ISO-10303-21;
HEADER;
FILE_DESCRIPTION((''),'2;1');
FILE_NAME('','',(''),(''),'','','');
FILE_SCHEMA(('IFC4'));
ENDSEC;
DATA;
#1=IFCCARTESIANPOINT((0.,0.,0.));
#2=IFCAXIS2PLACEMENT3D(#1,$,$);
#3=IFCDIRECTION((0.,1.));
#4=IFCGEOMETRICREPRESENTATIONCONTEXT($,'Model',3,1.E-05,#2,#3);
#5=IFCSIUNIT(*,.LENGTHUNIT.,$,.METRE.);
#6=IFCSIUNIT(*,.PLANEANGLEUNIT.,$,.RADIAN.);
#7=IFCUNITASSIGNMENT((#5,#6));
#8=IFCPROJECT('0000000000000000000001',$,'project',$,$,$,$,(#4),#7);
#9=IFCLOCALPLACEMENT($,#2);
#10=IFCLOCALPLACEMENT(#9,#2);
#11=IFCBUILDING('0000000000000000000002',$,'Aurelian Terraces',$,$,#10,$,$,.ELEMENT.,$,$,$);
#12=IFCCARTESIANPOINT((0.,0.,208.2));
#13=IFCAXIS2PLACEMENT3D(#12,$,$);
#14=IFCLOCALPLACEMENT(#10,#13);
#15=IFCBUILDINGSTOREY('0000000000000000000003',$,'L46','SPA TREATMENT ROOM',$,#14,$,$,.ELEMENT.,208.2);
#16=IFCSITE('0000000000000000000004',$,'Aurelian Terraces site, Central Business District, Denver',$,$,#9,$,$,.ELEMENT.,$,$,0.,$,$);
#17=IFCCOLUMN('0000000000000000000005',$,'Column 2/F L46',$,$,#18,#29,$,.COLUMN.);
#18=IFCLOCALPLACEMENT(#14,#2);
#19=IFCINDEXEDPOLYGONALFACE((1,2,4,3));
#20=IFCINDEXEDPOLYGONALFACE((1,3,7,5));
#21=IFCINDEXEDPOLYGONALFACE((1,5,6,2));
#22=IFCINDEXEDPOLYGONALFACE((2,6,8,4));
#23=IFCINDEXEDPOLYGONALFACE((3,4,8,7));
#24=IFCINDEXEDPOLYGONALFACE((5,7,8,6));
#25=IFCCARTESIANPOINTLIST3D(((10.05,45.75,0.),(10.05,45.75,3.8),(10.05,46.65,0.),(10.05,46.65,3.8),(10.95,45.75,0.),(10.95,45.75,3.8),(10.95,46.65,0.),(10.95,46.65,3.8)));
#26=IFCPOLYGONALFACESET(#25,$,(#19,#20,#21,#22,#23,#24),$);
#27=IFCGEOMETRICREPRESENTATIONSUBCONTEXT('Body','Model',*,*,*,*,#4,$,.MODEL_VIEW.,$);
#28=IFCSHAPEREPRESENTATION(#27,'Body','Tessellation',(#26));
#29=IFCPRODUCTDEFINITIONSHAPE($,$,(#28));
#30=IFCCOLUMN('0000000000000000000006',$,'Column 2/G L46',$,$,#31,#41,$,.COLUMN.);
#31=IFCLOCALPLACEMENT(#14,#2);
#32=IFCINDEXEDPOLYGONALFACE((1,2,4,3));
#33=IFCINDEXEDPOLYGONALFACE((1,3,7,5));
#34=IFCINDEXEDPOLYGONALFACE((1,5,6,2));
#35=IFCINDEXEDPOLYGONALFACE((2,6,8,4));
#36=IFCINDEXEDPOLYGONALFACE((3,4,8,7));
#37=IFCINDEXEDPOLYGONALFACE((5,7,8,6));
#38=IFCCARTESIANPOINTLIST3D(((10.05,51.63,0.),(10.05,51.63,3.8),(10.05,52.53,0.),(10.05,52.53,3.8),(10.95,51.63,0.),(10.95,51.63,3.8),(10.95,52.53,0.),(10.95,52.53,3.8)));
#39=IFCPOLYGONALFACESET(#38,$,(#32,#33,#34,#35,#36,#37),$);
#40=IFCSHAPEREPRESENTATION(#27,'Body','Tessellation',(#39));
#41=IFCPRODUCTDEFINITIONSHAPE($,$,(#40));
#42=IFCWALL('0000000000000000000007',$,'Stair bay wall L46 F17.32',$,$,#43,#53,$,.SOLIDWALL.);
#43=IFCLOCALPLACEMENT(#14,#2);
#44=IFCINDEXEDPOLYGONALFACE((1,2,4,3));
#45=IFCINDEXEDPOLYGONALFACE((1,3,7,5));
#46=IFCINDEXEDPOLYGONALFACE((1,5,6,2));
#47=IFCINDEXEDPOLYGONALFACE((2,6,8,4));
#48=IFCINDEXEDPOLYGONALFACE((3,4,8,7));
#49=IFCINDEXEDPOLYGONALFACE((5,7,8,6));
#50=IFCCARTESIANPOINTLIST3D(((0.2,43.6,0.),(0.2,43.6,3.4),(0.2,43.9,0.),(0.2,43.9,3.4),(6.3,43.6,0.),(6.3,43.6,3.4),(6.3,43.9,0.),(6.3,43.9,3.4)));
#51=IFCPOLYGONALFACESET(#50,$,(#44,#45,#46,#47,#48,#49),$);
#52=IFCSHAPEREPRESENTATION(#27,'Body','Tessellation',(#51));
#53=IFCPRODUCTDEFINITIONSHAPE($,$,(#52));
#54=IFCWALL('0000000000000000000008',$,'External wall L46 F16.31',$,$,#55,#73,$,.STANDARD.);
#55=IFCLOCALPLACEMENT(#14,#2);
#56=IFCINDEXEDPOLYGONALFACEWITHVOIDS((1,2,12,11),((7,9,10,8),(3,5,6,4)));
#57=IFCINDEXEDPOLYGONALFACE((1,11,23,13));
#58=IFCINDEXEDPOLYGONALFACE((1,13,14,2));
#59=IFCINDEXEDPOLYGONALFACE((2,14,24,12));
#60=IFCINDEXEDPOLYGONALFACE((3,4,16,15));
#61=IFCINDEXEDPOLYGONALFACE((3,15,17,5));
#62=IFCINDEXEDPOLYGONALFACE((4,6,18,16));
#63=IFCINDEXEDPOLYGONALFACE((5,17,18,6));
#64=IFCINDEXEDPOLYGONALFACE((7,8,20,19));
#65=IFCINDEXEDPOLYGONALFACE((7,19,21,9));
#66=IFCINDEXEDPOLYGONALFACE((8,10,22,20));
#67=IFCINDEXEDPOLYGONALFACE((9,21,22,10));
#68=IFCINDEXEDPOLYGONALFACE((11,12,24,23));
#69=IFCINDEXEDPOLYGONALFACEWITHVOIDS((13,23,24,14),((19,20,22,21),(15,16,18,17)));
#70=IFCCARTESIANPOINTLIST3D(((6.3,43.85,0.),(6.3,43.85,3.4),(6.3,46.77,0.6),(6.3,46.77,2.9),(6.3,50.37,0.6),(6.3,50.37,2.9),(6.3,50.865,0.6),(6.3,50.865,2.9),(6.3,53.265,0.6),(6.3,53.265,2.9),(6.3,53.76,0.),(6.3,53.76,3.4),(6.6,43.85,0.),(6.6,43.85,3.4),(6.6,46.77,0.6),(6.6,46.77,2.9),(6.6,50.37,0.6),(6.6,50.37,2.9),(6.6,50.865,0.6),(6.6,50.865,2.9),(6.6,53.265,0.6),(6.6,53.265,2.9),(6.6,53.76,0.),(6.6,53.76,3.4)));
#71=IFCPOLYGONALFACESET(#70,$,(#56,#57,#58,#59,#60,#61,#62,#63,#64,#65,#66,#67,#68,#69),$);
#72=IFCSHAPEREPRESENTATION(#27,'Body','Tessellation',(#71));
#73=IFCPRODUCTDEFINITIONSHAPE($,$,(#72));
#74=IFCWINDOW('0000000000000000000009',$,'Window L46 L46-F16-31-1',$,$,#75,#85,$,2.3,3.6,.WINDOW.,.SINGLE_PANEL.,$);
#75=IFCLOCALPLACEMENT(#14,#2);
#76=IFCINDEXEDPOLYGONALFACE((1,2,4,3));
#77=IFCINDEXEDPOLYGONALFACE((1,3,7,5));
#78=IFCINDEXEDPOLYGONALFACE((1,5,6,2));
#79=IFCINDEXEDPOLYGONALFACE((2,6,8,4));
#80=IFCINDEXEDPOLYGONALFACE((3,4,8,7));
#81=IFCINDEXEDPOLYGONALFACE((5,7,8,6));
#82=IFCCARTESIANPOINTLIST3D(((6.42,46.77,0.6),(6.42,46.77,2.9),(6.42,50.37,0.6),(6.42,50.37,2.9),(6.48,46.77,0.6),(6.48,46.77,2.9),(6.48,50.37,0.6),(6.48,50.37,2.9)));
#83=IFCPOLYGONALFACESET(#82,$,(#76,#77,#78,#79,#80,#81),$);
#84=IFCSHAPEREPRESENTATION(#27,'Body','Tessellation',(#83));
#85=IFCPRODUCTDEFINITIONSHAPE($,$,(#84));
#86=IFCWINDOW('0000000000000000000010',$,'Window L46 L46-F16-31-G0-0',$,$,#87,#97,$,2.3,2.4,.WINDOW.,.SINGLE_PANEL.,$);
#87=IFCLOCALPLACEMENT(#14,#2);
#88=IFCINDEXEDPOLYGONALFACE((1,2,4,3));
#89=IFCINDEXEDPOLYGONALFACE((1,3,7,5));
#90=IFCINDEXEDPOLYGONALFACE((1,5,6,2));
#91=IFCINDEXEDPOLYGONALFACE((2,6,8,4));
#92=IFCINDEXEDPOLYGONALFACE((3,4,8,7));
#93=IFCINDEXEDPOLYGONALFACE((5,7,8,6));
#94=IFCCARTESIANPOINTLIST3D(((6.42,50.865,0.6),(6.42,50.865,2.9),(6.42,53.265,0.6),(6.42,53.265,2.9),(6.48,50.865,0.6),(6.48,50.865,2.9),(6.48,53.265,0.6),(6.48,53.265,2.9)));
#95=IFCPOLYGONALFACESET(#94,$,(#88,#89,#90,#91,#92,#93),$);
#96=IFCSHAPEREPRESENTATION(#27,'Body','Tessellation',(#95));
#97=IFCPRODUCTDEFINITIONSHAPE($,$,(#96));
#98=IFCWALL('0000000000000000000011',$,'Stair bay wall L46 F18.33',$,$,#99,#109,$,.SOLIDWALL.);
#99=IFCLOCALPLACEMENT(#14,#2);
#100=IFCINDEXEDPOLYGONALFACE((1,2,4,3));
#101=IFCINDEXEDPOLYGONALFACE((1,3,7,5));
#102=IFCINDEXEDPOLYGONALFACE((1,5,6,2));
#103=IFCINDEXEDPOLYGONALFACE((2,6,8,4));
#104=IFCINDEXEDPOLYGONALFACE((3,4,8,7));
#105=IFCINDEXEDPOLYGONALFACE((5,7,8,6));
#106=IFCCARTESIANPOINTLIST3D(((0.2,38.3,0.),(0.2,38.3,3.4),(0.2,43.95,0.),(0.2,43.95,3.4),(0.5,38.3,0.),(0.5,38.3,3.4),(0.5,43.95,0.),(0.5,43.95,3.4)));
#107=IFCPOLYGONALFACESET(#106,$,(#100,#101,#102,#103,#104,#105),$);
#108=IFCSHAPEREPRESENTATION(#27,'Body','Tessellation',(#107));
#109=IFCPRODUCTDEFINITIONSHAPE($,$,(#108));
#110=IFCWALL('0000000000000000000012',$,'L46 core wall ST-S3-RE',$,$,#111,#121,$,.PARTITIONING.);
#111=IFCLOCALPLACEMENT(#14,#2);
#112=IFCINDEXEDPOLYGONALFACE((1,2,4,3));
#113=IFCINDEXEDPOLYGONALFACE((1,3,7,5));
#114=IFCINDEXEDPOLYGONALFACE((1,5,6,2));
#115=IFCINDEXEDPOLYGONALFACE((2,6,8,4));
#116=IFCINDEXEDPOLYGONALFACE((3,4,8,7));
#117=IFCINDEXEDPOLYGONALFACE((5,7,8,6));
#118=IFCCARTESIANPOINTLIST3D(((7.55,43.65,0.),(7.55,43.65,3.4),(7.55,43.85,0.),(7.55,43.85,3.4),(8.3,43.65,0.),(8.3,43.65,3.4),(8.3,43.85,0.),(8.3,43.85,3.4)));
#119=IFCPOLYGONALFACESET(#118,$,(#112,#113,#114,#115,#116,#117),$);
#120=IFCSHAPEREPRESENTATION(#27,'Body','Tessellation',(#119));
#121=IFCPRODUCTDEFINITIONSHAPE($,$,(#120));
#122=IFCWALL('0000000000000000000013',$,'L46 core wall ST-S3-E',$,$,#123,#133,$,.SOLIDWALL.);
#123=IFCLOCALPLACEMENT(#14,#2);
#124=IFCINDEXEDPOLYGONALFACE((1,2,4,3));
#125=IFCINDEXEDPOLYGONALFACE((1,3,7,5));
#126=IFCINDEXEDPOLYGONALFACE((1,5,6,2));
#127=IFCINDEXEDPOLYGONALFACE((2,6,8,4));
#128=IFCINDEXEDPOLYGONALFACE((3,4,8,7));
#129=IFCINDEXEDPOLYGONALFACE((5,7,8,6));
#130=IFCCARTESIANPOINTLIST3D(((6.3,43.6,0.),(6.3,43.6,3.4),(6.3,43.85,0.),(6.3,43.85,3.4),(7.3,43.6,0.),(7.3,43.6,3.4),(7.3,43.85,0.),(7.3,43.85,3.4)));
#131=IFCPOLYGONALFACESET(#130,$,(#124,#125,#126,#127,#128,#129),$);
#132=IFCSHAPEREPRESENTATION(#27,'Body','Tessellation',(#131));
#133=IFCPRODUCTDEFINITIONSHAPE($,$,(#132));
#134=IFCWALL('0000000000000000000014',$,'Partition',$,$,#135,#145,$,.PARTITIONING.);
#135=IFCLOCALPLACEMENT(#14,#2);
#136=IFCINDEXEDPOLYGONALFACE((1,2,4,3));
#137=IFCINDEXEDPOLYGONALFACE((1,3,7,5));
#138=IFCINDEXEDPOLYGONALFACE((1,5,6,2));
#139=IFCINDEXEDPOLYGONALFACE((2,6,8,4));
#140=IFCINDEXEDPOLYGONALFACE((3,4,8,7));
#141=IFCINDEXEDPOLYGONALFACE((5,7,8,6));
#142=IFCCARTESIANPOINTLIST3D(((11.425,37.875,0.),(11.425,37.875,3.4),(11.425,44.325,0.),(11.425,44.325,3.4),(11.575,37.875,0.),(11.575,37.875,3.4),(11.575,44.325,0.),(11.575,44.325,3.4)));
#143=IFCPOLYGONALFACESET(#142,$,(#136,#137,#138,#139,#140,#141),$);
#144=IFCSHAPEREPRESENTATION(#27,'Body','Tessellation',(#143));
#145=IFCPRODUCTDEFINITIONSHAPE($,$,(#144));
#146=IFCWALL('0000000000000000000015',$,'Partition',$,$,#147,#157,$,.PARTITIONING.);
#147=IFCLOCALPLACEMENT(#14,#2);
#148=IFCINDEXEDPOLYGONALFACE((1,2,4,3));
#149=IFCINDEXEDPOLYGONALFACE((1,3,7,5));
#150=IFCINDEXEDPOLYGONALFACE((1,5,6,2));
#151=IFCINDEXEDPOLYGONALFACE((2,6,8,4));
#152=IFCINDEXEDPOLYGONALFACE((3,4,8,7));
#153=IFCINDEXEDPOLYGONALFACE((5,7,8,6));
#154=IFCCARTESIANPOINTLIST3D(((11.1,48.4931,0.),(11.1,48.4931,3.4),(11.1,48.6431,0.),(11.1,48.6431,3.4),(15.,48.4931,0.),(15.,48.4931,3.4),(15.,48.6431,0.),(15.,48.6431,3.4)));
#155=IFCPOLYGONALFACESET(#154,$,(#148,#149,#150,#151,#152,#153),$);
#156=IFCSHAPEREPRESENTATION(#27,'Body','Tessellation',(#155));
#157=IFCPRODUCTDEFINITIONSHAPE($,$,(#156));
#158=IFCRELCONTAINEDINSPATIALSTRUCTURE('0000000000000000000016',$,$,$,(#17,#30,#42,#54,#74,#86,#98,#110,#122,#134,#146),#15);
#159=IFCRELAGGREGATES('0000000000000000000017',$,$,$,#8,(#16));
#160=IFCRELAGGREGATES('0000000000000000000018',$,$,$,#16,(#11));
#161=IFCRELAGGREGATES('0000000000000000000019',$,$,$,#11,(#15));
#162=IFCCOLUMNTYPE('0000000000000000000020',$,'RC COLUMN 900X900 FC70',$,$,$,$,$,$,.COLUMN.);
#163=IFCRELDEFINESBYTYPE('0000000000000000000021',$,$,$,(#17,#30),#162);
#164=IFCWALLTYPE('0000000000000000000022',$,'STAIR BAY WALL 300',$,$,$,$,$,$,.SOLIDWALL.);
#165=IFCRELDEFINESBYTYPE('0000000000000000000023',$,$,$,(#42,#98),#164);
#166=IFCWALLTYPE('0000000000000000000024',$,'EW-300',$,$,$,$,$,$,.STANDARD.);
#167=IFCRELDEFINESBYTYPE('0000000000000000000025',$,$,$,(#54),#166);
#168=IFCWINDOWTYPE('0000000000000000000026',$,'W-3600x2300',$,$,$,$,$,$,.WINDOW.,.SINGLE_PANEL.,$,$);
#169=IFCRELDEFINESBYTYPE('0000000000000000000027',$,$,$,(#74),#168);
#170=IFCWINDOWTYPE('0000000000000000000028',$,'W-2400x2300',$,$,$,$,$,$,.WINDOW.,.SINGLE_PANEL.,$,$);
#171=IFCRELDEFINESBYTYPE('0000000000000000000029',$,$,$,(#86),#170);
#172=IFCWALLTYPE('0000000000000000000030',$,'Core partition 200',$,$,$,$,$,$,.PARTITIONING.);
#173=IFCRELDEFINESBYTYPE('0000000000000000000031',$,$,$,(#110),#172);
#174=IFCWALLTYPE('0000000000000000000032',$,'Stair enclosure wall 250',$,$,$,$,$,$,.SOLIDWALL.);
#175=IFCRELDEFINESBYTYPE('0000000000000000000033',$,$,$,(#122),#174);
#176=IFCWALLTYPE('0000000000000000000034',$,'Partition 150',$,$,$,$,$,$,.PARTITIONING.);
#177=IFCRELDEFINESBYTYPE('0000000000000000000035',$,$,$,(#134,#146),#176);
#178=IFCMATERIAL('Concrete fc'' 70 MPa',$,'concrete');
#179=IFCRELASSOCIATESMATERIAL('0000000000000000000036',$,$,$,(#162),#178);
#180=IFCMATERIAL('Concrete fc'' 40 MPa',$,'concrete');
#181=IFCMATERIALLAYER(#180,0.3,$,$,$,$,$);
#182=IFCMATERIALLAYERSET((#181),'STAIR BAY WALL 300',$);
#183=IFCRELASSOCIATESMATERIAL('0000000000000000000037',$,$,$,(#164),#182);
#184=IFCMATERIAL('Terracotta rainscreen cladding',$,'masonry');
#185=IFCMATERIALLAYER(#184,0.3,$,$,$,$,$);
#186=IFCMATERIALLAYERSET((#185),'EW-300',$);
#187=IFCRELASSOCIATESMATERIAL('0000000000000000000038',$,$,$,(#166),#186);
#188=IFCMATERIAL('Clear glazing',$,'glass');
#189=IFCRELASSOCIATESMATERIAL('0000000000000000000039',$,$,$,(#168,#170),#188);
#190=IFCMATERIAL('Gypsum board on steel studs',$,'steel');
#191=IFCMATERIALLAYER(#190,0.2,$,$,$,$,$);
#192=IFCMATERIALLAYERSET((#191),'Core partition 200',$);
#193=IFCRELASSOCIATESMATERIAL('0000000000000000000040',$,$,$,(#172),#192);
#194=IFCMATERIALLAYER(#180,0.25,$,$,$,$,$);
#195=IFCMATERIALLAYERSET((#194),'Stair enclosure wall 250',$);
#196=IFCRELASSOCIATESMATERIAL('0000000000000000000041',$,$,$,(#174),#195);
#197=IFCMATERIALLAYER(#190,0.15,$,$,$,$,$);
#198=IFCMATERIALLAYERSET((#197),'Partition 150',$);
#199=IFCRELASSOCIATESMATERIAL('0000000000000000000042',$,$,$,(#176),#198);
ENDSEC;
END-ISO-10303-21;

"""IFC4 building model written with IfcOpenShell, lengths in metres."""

from ifc_helpers import new_model, si_unit, direction, frame, frame_2d, origin, origin_2d, place, context, subcontext, project, spatial, rectangle, extrude, source, transform, mapped, material, layer, layer_set, material_profile, profile_set, type_object, element, fill, save


model = new_model("IFC4")

# Units and contexts
model_context = context("Model", 3, precision=1e-05, world=origin(), true_north=direction((0.0, 1.0)))
body_context = subcontext(model_context, "Body", "Model", "MODEL_VIEW")
ifc_project = project(units=[si_unit("LENGTHUNIT", "METRE"), si_unit("PLANEANGLEUNIT", "RADIAN")], contexts=[model_context])

# Site, building, storey
site_placement = place(None, origin())
site = spatial("IfcSite", under=ifc_project, at=site_placement, Name="Aurelian Terraces site, Central Business District, Denver", CompositionType="ELEMENT", RefElevation=0.0)
building_placement = place(site_placement, origin())
building = spatial("IfcBuilding", under=site, at=building_placement, Name="Aurelian Terraces", CompositionType="ELEMENT")
storey_placement = place(building_placement, frame((0.0, 0.0, 208.2)))
storey = spatial("IfcBuildingStorey", under=building, at=storey_placement, Name="L46", Description="SPA TREATMENT ROOM", CompositionType="ELEMENT", Elevation=208.2)

# Columns
ifc_material_1 = material(Name="Concrete fc' 70 MPa", Category="concrete")
ifc_material_profile = material_profile(ifc_material_1, rectangle(XDim=0.9, YDim=0.9, at=origin_2d()))
ifc_profile_set = profile_set([ifc_material_profile], Name="Concrete fc' 70 MPa")
column_type = type_object("IfcColumnType", Name="RC COLUMN 900X900 FC70", PredefinedType="COLUMN", material=ifc_profile_set)
shared_shape_1 = source(origin(), body_context, "Body", "SweptSolid", [
    extrude(rectangle(XDim=0.9, YDim=0.9, at=origin_2d()), origin(), (0.0, 0.0, 1.0), 3.8),
])
for number, where, z_axis, x_axis, name in (
    (1, (10.5, 46.2, 0.0), (0.0, 0.0, 1.0), (1.0, 0.0, 0.0), "Column 2/F L46"),
    (2, (10.5, 52.08, 0.0), (0.0, 0.0, 1.0), (1.0, 0.0, 0.0), "Column 2/G L46"),
):
    element("IfcColumn", number, at=place(storey_placement, frame(where, z_axis=z_axis, x_axis=x_axis)), inside=storey, type_object=column_type, Name=name, PredefinedType="COLUMN", context=body_context, shape_type="MappedRepresentation", body=[
        mapped(shared_shape_1, transform((0.0, 0.0, 0.0), scale=1.0)),
    ])

# Wall
ifc_material_2 = material(Name="Concrete fc' 40 MPa", Category="concrete")
ifc_layer_1 = layer(ifc_material_2, 0.3)
ifc_layer_set_1 = layer_set([ifc_layer_1], Name="STAIR BAY WALL 300")
wall_type_1 = type_object("IfcWallType", Name="STAIR BAY WALL 300", PredefinedType="SOLIDWALL", material=ifc_layer_set_1)
shared_shape_2 = source(origin(), body_context, "Body", "SweptSolid", [
    extrude(rectangle(XDim=6.1, YDim=0.3, at=frame_2d((3.05, 0.0))), origin(), (0.0, 0.0, 1.0), 3.4),
])
wall_1_placement = place(storey_placement, frame((6.3, 43.75, 0.0), z_axis=(0.0, 0.0, 1.0), x_axis=(-1.0, 0.0, 0.0)))
element("IfcWall", 3, at=wall_1_placement, inside=storey, type_object=wall_type_1, Name="Stair bay wall L46 F17.32", PredefinedType="SOLIDWALL", context=body_context, shape_type="MappedRepresentation", body=[
    mapped(shared_shape_2, transform((0.0, 0.0, 0.0), scale=1.0)),
])

# Wall, openings, windows
ifc_material_3 = material(Name="Terracotta rainscreen cladding", Category="masonry")
ifc_layer_2 = layer(ifc_material_3, 0.3)
ifc_layer_set_2 = layer_set([ifc_layer_2], Name="EW-300")
wall_type_2 = type_object("IfcWallType", Name="EW-300", PredefinedType="STANDARD", material=ifc_layer_set_2)
shared_shape_3 = source(origin(), body_context, "Body", "SweptSolid", [
    extrude(rectangle(XDim=9.91, YDim=0.3, at=frame_2d((4.955, 0.0))), origin(), (0.0, 0.0, 1.0), 3.4),
])
wall_2_placement = place(storey_placement, frame((6.45, 53.76, 0.0), z_axis=(0.0, 0.0, 1.0), x_axis=(0.0, -1.0, 0.0)))
wall_2 = element("IfcWall", 4, at=wall_2_placement, inside=storey, type_object=wall_type_2, Name="External wall L46 F16.31", PredefinedType="STANDARD", context=body_context, shape_type="MappedRepresentation", body=[
    mapped(shared_shape_3, transform((0.0, 0.0, 0.0), scale=1.0)),
])
shared_shape_4 = source(origin(), body_context, "Body", "SweptSolid", [
    extrude(rectangle(XDim=3.6, YDim=2.3, at=frame_2d((1.8, 1.15))), frame((0.0, 0.16, 0.0), z_axis=(0.0, -1.0, 0.0), x_axis=(1.0, 0.0, 0.0)), (0.0, 0.0, 1.0), 0.32),
])
opening_1_placement = place(wall_2_placement, frame((3.39, 0.0, 0.6)))
opening_1 = element("IfcOpeningElement", 5, at=opening_1_placement, cuts=wall_2, PredefinedType="OPENING", context=body_context, shape_type="MappedRepresentation", body=[
    mapped(shared_shape_4, transform((0.0, 0.0, 0.0), scale=1.0)),
])
shared_shape_5 = source(origin(), body_context, "Body", "SweptSolid", [
    extrude(rectangle(XDim=2.4, YDim=2.3, at=frame_2d((1.2, 1.15))), frame((0.0, 0.16, 0.0), z_axis=(0.0, -1.0, 0.0), x_axis=(1.0, 0.0, 0.0)), (0.0, 0.0, 1.0), 0.32),
])
opening_2_placement = place(wall_2_placement, frame((0.495, 0.0, 0.6)))
opening_2 = element("IfcOpeningElement", 6, at=opening_2_placement, cuts=wall_2, PredefinedType="OPENING", context=body_context, shape_type="MappedRepresentation", body=[
    mapped(shared_shape_5, transform((0.0, 0.0, 0.0), scale=1.0)),
])
ifc_material_4 = material(Name="Clear glazing", Category="glass")
window_type_1 = type_object("IfcWindowType", Name="W-3600x2300", PartitioningType="SINGLE_PANEL", PredefinedType="WINDOW", material=ifc_material_4)
shared_shape_6 = source(origin(), body_context, "Body", "SweptSolid", [
    extrude(rectangle(XDim=3.6, YDim=2.3, at=frame_2d((1.8, 1.15))), frame((0.0, 0.03, 0.0), z_axis=(0.0, -1.0, 0.0), x_axis=(1.0, 0.0, 0.0)), (0.0, 0.0, 1.0), 0.06),
])
window_1_placement = place(opening_1_placement, origin())
window_1 = element("IfcWindow", 7, at=window_1_placement, inside=storey, type_object=window_type_1, Name="Window L46 L46-F16-31-1", OverallHeight=2.3, OverallWidth=3.6, PartitioningType="SINGLE_PANEL", PredefinedType="WINDOW", context=body_context, shape_type="MappedRepresentation", body=[
    mapped(shared_shape_6, transform((0.0, 0.0, 0.0), scale=1.0)),
])
fill(opening_1, window_1)
window_type_2 = type_object("IfcWindowType", Name="W-2400x2300", PartitioningType="SINGLE_PANEL", PredefinedType="WINDOW", material=ifc_material_4)
shared_shape_7 = source(origin(), body_context, "Body", "SweptSolid", [
    extrude(rectangle(XDim=2.4, YDim=2.3, at=frame_2d((1.2, 1.15))), frame((0.0, 0.03, 0.0), z_axis=(0.0, -1.0, 0.0), x_axis=(1.0, 0.0, 0.0)), (0.0, 0.0, 1.0), 0.06),
])
window_2_placement = place(opening_2_placement, origin())
window_2 = element("IfcWindow", 8, at=window_2_placement, inside=storey, type_object=window_type_2, Name="Window L46 L46-F16-31-G0-0", OverallHeight=2.3, OverallWidth=2.4, PartitioningType="SINGLE_PANEL", PredefinedType="WINDOW", context=body_context, shape_type="MappedRepresentation", body=[
    mapped(shared_shape_7, transform((0.0, 0.0, 0.0), scale=1.0)),
])
fill(opening_2, window_2)

# Walls
shared_shape_8 = source(origin(), body_context, "Body", "SweptSolid", [
    extrude(rectangle(XDim=5.65, YDim=0.3, at=frame_2d((2.825, 0.0))), origin(), (0.0, 0.0, 1.0), 3.4),
])
wall_3_placement = place(storey_placement, frame((0.35, 43.95, 0.0), z_axis=(0.0, 0.0, 1.0), x_axis=(0.0, -1.0, 0.0)))
element("IfcWall", 9, at=wall_3_placement, inside=storey, type_object=wall_type_1, Name="Stair bay wall L46 F18.33", PredefinedType="SOLIDWALL", context=body_context, shape_type="MappedRepresentation", body=[
    mapped(shared_shape_8, transform((0.0, 0.0, 0.0), scale=1.0)),
])
ifc_material_5 = material(Name="Gypsum board on steel studs", Category="steel")
ifc_layer_3 = layer(ifc_material_5, 0.2)
ifc_layer_set_3 = layer_set([ifc_layer_3], Name="Core partition 200")
wall_type_3 = type_object("IfcWallType", Name="Core partition 200", PredefinedType="PARTITIONING", material=ifc_layer_set_3)
shared_shape_9 = source(origin(), body_context, "Body", "SweptSolid", [
    extrude(rectangle(XDim=0.75, YDim=0.2, at=frame_2d((0.375, 0.0))), origin(), (0.0, 0.0, 1.0), 3.4),
])
wall_4_placement = place(storey_placement, frame((7.55, 43.75, 0.0), z_axis=(0.0, 0.0, 1.0), x_axis=(1.0, 0.0, 0.0)))
element("IfcWall", 10, at=wall_4_placement, inside=storey, type_object=wall_type_3, Name="L46 core wall ST-S3-RE", PredefinedType="PARTITIONING", context=body_context, shape_type="MappedRepresentation", body=[
    mapped(shared_shape_9, transform((0.0, 0.0, 0.0), scale=1.0)),
])
ifc_layer_4 = layer(ifc_material_2, 0.25)
ifc_layer_set_4 = layer_set([ifc_layer_4], Name="Stair enclosure wall 250")
wall_type_4 = type_object("IfcWallType", Name="Stair enclosure wall 250", PredefinedType="SOLIDWALL", material=ifc_layer_set_4)
shared_shape_10 = source(origin(), body_context, "Body", "SweptSolid", [
    extrude(rectangle(XDim=1.0, YDim=0.25, at=frame_2d((0.5, 0.0))), origin(), (0.0, 0.0, 1.0), 3.4),
])
wall_5_placement = place(storey_placement, frame((6.3, 43.725, 0.0), z_axis=(0.0, 0.0, 1.0), x_axis=(1.0, 0.0, 0.0)))
element("IfcWall", 11, at=wall_5_placement, inside=storey, type_object=wall_type_4, Name="L46 core wall ST-S3-E", PredefinedType="SOLIDWALL", context=body_context, shape_type="MappedRepresentation", body=[
    mapped(shared_shape_10, transform((0.0, 0.0, 0.0), scale=1.0)),
])
ifc_layer_5 = layer(ifc_material_5, 0.15)
ifc_layer_set_5 = layer_set([ifc_layer_5], Name="Partition 150")
wall_type_5 = type_object("IfcWallType", Name="Partition 150", PredefinedType="PARTITIONING", material=ifc_layer_set_5)
shared_shape_11 = source(origin(), body_context, "Body", "SweptSolid", [
    extrude(rectangle(XDim=6.45, YDim=0.15, at=frame_2d((3.225, 0.0))), origin(), (0.0, 0.0, 1.0), 3.4),
])
wall_6_placement = place(storey_placement, frame((11.5, 44.325, 0.0), z_axis=(0.0, 0.0, 1.0), x_axis=(0.0, -1.0, 0.0)))
element("IfcWall", 12, at=wall_6_placement, inside=storey, type_object=wall_type_5, Name="Partition", PredefinedType="PARTITIONING", context=body_context, shape_type="MappedRepresentation", body=[
    mapped(shared_shape_11, transform((0.0, 0.0, 0.0), scale=1.0)),
])
shared_shape_12 = source(origin(), body_context, "Body", "SweptSolid", [
    extrude(rectangle(XDim=3.9, YDim=0.15, at=frame_2d((1.95, 0.0))), origin(), (0.0, 0.0, 1.0), 3.4),
])
for number, where, z_axis, x_axis, name in (
    (13, (15.0, 48.5681, 0.0), (0.0, 0.0, 1.0), (-1.0, 0.0, 0.0), "Partition"),
):
    element("IfcWall", number, at=place(storey_placement, frame(where, z_axis=z_axis, x_axis=x_axis)), inside=storey, type_object=wall_type_5, Name=name, PredefinedType="PARTITIONING", context=body_context, shape_type="MappedRepresentation", body=[
        mapped(shared_shape_12, transform((0.0, 0.0, 0.0), scale=1.0)),
    ])

save(model, "model.ifc")
